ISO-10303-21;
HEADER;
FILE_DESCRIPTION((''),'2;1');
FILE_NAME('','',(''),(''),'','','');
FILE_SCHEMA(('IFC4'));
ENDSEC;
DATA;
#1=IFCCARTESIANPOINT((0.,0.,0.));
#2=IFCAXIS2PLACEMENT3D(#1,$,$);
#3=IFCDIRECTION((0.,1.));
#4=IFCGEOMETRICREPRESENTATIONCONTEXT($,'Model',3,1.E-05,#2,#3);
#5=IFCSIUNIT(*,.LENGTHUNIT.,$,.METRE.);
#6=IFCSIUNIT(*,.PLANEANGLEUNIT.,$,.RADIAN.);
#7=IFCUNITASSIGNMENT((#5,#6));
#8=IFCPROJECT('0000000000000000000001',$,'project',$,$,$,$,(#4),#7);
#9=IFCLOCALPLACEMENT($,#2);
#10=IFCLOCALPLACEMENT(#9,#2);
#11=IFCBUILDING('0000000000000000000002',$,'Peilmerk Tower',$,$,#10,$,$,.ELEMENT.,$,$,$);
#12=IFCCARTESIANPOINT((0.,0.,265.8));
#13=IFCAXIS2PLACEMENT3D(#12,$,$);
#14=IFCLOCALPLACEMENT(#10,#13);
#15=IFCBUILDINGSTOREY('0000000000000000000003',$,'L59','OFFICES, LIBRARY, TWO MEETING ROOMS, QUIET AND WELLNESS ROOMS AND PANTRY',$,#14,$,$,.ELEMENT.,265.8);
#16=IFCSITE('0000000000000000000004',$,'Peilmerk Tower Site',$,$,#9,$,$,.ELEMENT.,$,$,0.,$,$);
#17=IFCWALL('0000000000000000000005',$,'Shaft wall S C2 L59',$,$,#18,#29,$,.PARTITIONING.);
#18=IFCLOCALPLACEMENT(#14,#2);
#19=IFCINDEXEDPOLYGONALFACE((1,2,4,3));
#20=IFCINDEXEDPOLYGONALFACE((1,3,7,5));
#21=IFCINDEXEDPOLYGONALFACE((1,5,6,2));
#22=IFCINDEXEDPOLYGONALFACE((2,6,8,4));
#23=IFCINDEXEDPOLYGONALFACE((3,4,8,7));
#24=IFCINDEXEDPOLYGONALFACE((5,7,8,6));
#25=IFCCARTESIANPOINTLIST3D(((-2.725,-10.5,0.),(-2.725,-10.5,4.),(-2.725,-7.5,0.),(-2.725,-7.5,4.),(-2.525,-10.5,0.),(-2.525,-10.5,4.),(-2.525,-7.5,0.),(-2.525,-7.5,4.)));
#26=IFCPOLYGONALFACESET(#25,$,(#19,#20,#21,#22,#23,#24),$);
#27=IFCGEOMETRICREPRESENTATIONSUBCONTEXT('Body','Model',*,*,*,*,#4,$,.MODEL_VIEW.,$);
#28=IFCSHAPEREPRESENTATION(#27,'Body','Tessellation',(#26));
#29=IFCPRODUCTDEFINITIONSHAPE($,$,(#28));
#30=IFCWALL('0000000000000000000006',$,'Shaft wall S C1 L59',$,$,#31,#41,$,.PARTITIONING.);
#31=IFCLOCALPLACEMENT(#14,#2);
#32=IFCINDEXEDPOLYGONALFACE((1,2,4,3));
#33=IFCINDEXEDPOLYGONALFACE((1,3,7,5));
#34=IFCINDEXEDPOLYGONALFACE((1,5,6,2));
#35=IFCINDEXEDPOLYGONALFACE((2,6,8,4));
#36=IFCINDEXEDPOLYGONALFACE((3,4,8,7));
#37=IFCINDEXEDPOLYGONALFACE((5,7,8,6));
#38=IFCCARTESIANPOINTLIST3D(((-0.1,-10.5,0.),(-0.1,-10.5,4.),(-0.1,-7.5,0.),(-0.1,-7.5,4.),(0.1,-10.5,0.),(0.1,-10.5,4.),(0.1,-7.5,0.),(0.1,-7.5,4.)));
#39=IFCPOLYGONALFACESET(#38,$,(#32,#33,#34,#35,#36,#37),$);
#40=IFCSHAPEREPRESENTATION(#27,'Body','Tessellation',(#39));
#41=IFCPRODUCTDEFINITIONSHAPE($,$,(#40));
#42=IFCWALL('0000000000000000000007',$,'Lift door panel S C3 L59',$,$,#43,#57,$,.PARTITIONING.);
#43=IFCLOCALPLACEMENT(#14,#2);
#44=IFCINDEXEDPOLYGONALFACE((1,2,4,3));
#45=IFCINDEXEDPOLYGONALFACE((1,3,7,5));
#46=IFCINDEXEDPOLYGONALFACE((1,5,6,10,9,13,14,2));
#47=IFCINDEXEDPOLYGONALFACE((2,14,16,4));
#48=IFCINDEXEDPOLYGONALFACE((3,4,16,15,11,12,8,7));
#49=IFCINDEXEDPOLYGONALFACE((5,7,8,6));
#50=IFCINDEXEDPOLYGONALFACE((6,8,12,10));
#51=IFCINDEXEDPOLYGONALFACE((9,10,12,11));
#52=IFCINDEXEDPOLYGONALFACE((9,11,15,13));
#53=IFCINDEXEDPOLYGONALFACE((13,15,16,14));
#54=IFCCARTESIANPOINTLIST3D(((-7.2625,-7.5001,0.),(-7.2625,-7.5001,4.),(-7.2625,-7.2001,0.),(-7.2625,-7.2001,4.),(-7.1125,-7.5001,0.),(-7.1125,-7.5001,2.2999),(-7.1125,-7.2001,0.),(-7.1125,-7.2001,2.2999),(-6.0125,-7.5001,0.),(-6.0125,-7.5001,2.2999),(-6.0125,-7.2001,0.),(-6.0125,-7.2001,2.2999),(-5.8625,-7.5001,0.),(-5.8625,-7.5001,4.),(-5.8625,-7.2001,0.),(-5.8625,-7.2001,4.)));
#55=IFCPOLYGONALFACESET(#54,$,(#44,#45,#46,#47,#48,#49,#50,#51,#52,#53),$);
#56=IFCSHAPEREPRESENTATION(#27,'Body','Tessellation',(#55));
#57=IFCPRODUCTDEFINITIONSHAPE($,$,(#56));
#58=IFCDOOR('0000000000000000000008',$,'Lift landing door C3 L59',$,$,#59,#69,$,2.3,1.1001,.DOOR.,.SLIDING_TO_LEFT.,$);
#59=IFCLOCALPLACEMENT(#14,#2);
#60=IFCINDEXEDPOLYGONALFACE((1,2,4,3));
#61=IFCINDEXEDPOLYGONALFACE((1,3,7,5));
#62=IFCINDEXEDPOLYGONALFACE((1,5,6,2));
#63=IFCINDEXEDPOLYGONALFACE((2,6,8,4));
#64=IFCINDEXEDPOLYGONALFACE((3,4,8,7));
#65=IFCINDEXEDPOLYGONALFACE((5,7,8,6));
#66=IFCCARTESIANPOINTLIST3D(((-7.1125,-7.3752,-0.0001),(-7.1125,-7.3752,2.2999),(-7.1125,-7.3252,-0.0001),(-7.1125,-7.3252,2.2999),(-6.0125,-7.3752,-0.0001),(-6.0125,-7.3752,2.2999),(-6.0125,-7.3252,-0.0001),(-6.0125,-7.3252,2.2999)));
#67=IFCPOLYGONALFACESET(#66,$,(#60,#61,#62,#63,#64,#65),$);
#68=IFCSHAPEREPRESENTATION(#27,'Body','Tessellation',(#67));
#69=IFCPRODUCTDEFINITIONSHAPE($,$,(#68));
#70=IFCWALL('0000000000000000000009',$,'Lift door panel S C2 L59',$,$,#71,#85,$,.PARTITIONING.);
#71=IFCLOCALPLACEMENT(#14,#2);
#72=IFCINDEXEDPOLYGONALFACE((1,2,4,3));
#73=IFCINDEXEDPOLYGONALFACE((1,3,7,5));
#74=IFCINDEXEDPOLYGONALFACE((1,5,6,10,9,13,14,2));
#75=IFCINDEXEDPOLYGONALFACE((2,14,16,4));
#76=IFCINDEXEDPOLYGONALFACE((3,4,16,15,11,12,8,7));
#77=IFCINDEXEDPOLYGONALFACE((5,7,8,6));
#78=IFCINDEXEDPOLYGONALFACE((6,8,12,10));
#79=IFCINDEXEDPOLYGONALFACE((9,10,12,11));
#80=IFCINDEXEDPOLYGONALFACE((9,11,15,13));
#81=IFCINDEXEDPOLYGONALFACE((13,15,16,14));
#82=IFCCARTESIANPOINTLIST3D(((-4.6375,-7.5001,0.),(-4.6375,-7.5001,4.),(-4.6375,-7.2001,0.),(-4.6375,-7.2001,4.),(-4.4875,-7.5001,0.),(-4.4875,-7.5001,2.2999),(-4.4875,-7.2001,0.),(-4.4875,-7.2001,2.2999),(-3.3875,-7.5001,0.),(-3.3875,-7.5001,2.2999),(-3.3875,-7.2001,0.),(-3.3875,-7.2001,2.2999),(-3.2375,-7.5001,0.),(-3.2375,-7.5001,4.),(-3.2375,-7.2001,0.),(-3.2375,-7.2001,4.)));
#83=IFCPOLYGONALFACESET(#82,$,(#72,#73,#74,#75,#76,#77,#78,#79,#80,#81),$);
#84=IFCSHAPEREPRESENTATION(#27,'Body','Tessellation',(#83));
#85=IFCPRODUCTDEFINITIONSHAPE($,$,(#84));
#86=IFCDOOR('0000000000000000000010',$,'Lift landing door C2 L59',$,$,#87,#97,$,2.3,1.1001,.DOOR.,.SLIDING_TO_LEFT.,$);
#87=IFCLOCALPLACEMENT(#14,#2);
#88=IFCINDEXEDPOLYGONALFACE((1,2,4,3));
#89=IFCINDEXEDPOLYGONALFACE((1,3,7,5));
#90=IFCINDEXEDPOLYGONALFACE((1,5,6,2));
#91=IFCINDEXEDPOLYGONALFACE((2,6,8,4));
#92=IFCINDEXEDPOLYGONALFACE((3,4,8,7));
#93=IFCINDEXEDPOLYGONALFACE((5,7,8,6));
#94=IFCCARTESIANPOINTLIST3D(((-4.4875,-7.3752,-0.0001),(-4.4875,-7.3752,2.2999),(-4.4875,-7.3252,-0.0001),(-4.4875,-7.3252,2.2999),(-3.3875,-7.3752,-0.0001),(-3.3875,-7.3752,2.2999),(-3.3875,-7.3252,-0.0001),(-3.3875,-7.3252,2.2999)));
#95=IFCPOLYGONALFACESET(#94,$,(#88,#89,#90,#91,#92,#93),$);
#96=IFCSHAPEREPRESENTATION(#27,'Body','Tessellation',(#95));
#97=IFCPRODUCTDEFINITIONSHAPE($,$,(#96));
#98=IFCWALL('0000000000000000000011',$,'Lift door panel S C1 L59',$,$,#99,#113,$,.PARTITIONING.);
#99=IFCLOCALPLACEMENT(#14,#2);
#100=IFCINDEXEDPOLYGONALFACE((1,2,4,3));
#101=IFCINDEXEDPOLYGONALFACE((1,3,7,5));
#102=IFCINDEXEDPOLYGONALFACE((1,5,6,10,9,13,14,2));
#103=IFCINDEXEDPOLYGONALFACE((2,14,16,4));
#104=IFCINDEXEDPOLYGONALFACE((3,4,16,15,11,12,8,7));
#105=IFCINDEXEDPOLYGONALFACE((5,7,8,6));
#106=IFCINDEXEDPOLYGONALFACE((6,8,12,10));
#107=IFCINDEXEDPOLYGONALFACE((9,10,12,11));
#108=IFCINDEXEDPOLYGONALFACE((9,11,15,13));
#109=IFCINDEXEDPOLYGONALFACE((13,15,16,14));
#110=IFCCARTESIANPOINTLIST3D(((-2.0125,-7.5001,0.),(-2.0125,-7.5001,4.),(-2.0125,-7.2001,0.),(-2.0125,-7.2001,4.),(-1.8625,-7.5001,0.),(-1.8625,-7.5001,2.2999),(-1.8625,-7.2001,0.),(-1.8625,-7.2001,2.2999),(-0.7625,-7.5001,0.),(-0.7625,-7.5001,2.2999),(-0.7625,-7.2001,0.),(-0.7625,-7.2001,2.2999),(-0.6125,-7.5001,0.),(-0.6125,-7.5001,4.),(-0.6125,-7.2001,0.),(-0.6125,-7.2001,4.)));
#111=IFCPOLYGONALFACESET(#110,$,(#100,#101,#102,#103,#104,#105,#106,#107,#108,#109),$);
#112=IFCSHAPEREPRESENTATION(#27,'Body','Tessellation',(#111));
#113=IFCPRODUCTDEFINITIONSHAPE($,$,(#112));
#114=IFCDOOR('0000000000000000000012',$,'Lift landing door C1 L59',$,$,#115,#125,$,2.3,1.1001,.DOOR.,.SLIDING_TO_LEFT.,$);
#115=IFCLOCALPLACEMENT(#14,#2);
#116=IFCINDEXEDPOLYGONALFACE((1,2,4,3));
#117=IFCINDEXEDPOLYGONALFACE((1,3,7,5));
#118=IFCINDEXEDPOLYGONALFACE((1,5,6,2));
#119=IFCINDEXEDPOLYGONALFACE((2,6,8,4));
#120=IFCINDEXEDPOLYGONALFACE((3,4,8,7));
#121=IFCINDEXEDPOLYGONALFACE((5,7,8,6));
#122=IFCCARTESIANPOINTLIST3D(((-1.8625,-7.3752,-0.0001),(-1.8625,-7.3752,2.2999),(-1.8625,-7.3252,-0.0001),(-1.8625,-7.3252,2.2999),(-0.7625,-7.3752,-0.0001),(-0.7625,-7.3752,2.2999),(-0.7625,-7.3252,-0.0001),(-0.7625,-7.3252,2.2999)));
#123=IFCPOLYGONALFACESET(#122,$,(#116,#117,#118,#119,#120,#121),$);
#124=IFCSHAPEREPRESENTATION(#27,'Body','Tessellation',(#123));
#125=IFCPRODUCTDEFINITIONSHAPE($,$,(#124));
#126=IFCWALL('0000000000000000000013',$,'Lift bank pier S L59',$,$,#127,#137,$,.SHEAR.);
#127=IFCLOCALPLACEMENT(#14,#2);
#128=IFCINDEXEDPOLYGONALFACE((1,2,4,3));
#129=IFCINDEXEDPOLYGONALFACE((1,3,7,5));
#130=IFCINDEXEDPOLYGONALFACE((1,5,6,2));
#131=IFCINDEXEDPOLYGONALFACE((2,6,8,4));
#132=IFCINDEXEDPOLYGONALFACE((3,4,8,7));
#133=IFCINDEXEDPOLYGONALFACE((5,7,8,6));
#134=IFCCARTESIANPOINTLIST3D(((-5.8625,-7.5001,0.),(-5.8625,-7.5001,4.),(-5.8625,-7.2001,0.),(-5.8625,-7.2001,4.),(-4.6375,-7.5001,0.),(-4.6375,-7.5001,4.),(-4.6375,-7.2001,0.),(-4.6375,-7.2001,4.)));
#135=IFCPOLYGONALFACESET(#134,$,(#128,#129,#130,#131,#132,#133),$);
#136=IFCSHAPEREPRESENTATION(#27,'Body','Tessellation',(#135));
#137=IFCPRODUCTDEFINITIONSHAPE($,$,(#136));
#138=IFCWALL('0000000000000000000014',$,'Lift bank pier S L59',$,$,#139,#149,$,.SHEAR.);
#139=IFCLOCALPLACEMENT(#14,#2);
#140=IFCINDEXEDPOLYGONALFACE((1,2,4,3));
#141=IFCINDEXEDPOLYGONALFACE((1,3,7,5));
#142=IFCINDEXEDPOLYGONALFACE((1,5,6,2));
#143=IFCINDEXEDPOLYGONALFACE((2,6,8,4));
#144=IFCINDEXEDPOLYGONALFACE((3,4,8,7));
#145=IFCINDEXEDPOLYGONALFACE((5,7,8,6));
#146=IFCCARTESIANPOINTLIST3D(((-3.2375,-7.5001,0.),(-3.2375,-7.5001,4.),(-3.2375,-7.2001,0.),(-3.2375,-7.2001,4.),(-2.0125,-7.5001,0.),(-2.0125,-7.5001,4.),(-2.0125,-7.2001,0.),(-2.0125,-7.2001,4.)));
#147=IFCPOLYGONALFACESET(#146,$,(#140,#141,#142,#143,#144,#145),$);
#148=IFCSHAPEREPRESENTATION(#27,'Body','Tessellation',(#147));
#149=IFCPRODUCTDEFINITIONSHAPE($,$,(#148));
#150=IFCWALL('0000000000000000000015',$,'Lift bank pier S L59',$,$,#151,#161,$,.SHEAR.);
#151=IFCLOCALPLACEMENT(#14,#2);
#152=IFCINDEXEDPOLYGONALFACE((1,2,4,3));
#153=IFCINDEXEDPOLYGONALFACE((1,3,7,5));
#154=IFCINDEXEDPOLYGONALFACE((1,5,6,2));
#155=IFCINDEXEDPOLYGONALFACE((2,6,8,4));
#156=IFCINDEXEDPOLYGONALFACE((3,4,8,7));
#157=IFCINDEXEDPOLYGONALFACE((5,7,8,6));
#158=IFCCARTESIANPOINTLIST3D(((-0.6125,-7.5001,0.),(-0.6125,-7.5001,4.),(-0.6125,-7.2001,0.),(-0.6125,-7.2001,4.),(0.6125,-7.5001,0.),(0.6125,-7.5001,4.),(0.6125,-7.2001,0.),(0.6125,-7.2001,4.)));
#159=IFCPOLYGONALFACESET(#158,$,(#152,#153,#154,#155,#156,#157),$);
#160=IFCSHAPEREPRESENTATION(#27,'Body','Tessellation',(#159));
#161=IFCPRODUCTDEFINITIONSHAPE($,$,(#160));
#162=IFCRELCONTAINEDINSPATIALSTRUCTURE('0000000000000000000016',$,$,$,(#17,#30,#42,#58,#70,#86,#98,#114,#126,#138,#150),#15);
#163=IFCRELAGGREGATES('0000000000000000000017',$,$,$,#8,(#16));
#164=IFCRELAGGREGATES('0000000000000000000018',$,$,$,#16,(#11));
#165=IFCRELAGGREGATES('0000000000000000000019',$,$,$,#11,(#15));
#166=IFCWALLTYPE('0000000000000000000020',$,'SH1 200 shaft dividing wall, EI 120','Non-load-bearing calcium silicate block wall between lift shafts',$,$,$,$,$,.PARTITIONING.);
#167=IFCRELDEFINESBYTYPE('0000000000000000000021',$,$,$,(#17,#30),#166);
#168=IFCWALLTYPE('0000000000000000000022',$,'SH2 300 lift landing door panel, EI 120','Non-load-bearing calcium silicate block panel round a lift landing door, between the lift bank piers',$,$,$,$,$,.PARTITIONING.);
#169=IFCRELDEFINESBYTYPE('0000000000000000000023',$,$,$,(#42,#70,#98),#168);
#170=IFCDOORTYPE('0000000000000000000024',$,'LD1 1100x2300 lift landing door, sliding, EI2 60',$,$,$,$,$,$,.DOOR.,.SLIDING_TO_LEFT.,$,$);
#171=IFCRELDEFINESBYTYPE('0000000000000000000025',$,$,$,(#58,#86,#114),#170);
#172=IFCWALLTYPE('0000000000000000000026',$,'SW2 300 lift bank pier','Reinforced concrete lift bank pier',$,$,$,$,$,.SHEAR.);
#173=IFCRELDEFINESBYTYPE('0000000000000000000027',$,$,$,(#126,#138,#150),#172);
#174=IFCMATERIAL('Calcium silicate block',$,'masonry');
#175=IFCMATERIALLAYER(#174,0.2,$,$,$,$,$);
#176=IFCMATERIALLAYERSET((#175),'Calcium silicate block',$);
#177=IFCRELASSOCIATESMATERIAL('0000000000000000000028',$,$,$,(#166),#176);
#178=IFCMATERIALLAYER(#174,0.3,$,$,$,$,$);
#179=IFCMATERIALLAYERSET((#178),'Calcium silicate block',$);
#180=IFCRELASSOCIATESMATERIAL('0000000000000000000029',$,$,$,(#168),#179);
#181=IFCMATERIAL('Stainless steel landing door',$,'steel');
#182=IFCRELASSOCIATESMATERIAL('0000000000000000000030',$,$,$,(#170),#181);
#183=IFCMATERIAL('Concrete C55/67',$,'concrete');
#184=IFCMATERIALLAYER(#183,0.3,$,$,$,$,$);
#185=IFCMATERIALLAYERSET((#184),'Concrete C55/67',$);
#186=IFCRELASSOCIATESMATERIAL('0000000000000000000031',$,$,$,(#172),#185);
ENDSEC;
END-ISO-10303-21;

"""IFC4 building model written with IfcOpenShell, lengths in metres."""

from ifc_helpers import new_model, si_unit, direction, frame, frame_2d, origin, place, context, subcontext, project, spatial, rectangle, extrude, material, layer, layer_set, type_object, element, fill, save


model = new_model("IFC4")

# Units and contexts
model_context = context("Model", 3, precision=1e-05, world=origin(), true_north=direction((0.0, 1.0)))
body_context = subcontext(model_context, "Body", "Model", "MODEL_VIEW")
ifc_project = project(units=[si_unit("LENGTHUNIT", "METRE"), si_unit("PLANEANGLEUNIT", "RADIAN")], contexts=[model_context])

# Site, building, storey
site_placement = place(None, origin())
site = spatial("IfcSite", under=ifc_project, at=site_placement, Name="Peilmerk Tower Site", CompositionType="ELEMENT", RefElevation=0.0)
building_placement = place(site_placement, origin())
building = spatial("IfcBuilding", under=site, at=building_placement, Name="Peilmerk Tower", CompositionType="ELEMENT")
storey_placement = place(building_placement, frame((0.0, 0.0, 265.8)))
storey = spatial("IfcBuildingStorey", under=building, at=storey_placement, Name="L59", Description="OFFICES, LIBRARY, TWO MEETING ROOMS, QUIET AND WELLNESS ROOMS AND PANTRY", CompositionType="ELEMENT", Elevation=265.8)

# Walls
ifc_material_1 = material(Name="Calcium silicate block", Category="masonry")
ifc_layer_1 = layer(ifc_material_1, 0.2)
ifc_layer_set_1 = layer_set([ifc_layer_1], Name="Calcium silicate block")
wall_type_1 = type_object("IfcWallType", Name="SH1 200 shaft dividing wall, EI 120", Description="Non-load-bearing calcium silicate block wall between lift shafts", PredefinedType="PARTITIONING", material=ifc_layer_set_1)
for number, where, z_axis, x_axis, name in (
    (1, (-2.625, -10.5, 0.0), (0.0, 0.0, 1.0), (0.0, 1.0, 0.0), "Shaft wall S C2 L59"),
    (2, (0.0, -10.5, 0.0), (0.0, 0.0, 1.0), (0.0, 1.0, 0.0), "Shaft wall S C1 L59"),
):
    element("IfcWall", number, at=place(storey_placement, frame(where, z_axis=z_axis, x_axis=x_axis)), inside=storey, type_object=wall_type_1, Name=name, PredefinedType="PARTITIONING", context=body_context, shape_type="SweptSolid", body=[
        extrude(rectangle(XDim=3.0, YDim=0.2, at=frame_2d((1.5, 0.0))), origin(), (0.0, 0.0, 1.0), 4.0),
    ])

# Walls, openings, doors
ifc_layer_2 = layer(ifc_material_1, 0.3)
ifc_layer_set_2 = layer_set([ifc_layer_2], Name="Calcium silicate block")
wall_type_2 = type_object("IfcWallType", Name="SH2 300 lift landing door panel, EI 120", Description="Non-load-bearing calcium silicate block panel round a lift landing door, between the lift bank piers", PredefinedType="PARTITIONING", material=ifc_layer_set_2)
wall_1_placement = place(storey_placement, frame((-7.2625, -7.3501, 0.0), z_axis=(0.0, 0.0, 1.0), x_axis=(1.0, 0.0, 0.0)))
wall_1 = element("IfcWall", 3, at=wall_1_placement, inside=storey, type_object=wall_type_2, Name="Lift door panel S C3 L59", PredefinedType="PARTITIONING", context=body_context, shape_type="SweptSolid", body=[
    extrude(rectangle(XDim=1.3999, YDim=0.3, at=frame_2d((0.7, 0.0))), origin(), (0.0, 0.0, 1.0), 4.0),
])
opening_1_placement = place(wall_1_placement, frame((0.1499, 0.0, 0.0)))
opening_1 = element("IfcOpeningElement", 4, at=opening_1_placement, cuts=wall_1, PredefinedType="OPENING", context=body_context, shape_type="SweptSolid", body=[
    extrude(rectangle(XDim=1.1001, YDim=2.3, at=frame_2d((0.55, 1.1499))), frame((0.0, 0.1599, 0.0), z_axis=(0.0, -1.0, 0.0), x_axis=(1.0, 0.0, 0.0)), (0.0, 0.0, 1.0), 0.3201),
])
ifc_material_2 = material(Name="Stainless steel landing door", Category="steel")
door_type = type_object("IfcDoorType", Name="LD1 1100x2300 lift landing door, sliding, EI2 60", OperationType="SLIDING_TO_LEFT", PredefinedType="DOOR", material=ifc_material_2)
door_1_placement = place(opening_1_placement, origin())
door_1 = element("IfcDoor", 5, at=door_1_placement, inside=storey, type_object=door_type, Name="Lift landing door C3 L59", OperationType="SLIDING_TO_LEFT", OverallHeight=2.3, OverallWidth=1.1001, PredefinedType="DOOR", context=body_context, shape_type="SweptSolid", body=[
    extrude(rectangle(XDim=1.1001, YDim=2.3, at=frame_2d((0.55, 1.1499))), frame((0.0, 0.0249, 0.0), z_axis=(0.0, -1.0, 0.0), x_axis=(1.0, 0.0, 0.0)), (0.0, 0.0, 1.0), 0.05),
])
fill(opening_1, door_1)
wall_2_placement = place(storey_placement, frame((-4.6375, -7.3501, 0.0), z_axis=(0.0, 0.0, 1.0), x_axis=(1.0, 0.0, 0.0)))
wall_2 = element("IfcWall", 6, at=wall_2_placement, inside=storey, type_object=wall_type_2, Name="Lift door panel S C2 L59", PredefinedType="PARTITIONING", context=body_context, shape_type="SweptSolid", body=[
    extrude(rectangle(XDim=1.3999, YDim=0.3, at=frame_2d((0.7, 0.0))), origin(), (0.0, 0.0, 1.0), 4.0),
])
opening_2_placement = place(wall_2_placement, frame((0.1499, 0.0, 0.0)))
opening_2 = element("IfcOpeningElement", 7, at=opening_2_placement, cuts=wall_2, PredefinedType="OPENING", context=body_context, shape_type="SweptSolid", body=[
    extrude(rectangle(XDim=1.1001, YDim=2.3, at=frame_2d((0.55, 1.1499))), frame((0.0, 0.1599, 0.0), z_axis=(0.0, -1.0, 0.0), x_axis=(1.0, 0.0, 0.0)), (0.0, 0.0, 1.0), 0.3201),
])
door_2_placement = place(opening_2_placement, origin())
door_2 = element("IfcDoor", 8, at=door_2_placement, inside=storey, type_object=door_type, Name="Lift landing door C2 L59", OperationType="SLIDING_TO_LEFT", OverallHeight=2.3, OverallWidth=1.1001, PredefinedType="DOOR", context=body_context, shape_type="SweptSolid", body=[
    extrude(rectangle(XDim=1.1001, YDim=2.3, at=frame_2d((0.55, 1.1499))), frame((0.0, 0.0249, 0.0), z_axis=(0.0, -1.0, 0.0), x_axis=(1.0, 0.0, 0.0)), (0.0, 0.0, 1.0), 0.05),
])
fill(opening_2, door_2)
wall_3_placement = place(storey_placement, frame((-2.0125, -7.3501, 0.0), z_axis=(0.0, 0.0, 1.0), x_axis=(1.0, 0.0, 0.0)))
wall_3 = element("IfcWall", 9, at=wall_3_placement, inside=storey, type_object=wall_type_2, Name="Lift door panel S C1 L59", PredefinedType="PARTITIONING", context=body_context, shape_type="SweptSolid", body=[
    extrude(rectangle(XDim=1.3999, YDim=0.3, at=frame_2d((0.7, 0.0))), origin(), (0.0, 0.0, 1.0), 4.0),
])
opening_3_placement = place(wall_3_placement, frame((0.1499, 0.0, 0.0)))
opening_3 = element("IfcOpeningElement", 10, at=opening_3_placement, cuts=wall_3, PredefinedType="OPENING", context=body_context, shape_type="SweptSolid", body=[
    extrude(rectangle(XDim=1.1001, YDim=2.3, at=frame_2d((0.55, 1.1499))), frame((0.0, 0.1599, 0.0), z_axis=(0.0, -1.0, 0.0), x_axis=(1.0, 0.0, 0.0)), (0.0, 0.0, 1.0), 0.3201),
])
door_3_placement = place(opening_3_placement, origin())
door_3 = element("IfcDoor", 11, at=door_3_placement, inside=storey, type_object=door_type, Name="Lift landing door C1 L59", OperationType="SLIDING_TO_LEFT", OverallHeight=2.3, OverallWidth=1.1001, PredefinedType="DOOR", context=body_context, shape_type="SweptSolid", body=[
    extrude(rectangle(XDim=1.1001, YDim=2.3, at=frame_2d((0.55, 1.1499))), frame((0.0, 0.0249, 0.0), z_axis=(0.0, -1.0, 0.0), x_axis=(1.0, 0.0, 0.0)), (0.0, 0.0, 1.0), 0.05),
])
fill(opening_3, door_3)

# Walls
ifc_material_3 = material(Name="Concrete C55/67", Category="concrete")
ifc_layer_3 = layer(ifc_material_3, 0.3)
ifc_layer_set_3 = layer_set([ifc_layer_3], Name="Concrete C55/67")
wall_type_3 = type_object("IfcWallType", Name="SW2 300 lift bank pier", Description="Reinforced concrete lift bank pier", PredefinedType="SHEAR", material=ifc_layer_set_3)
for number, where, z_axis, x_axis, name in (
    (12, (-5.8625, -7.3501, 0.0), (0.0, 0.0, 1.0), (1.0, 0.0, 0.0), "Lift bank pier S L59"),
    (13, (-3.2375, -7.3501, 0.0), (0.0, 0.0, 1.0), (1.0, 0.0, 0.0), "Lift bank pier S L59"),
    (14, (-0.6125, -7.3501, 0.0), (0.0, 0.0, 1.0), (1.0, 0.0, 0.0), "Lift bank pier S L59"),
):
    element("IfcWall", number, at=place(storey_placement, frame(where, z_axis=z_axis, x_axis=x_axis)), inside=storey, type_object=wall_type_3, Name=name, PredefinedType="SHEAR", context=body_context, shape_type="SweptSolid", body=[
        extrude(rectangle(XDim=1.2251, YDim=0.3, at=frame_2d((0.6125, 0.0))), origin(), (0.0, 0.0, 1.0), 4.0),
    ])

save(model, "model.ifc")
